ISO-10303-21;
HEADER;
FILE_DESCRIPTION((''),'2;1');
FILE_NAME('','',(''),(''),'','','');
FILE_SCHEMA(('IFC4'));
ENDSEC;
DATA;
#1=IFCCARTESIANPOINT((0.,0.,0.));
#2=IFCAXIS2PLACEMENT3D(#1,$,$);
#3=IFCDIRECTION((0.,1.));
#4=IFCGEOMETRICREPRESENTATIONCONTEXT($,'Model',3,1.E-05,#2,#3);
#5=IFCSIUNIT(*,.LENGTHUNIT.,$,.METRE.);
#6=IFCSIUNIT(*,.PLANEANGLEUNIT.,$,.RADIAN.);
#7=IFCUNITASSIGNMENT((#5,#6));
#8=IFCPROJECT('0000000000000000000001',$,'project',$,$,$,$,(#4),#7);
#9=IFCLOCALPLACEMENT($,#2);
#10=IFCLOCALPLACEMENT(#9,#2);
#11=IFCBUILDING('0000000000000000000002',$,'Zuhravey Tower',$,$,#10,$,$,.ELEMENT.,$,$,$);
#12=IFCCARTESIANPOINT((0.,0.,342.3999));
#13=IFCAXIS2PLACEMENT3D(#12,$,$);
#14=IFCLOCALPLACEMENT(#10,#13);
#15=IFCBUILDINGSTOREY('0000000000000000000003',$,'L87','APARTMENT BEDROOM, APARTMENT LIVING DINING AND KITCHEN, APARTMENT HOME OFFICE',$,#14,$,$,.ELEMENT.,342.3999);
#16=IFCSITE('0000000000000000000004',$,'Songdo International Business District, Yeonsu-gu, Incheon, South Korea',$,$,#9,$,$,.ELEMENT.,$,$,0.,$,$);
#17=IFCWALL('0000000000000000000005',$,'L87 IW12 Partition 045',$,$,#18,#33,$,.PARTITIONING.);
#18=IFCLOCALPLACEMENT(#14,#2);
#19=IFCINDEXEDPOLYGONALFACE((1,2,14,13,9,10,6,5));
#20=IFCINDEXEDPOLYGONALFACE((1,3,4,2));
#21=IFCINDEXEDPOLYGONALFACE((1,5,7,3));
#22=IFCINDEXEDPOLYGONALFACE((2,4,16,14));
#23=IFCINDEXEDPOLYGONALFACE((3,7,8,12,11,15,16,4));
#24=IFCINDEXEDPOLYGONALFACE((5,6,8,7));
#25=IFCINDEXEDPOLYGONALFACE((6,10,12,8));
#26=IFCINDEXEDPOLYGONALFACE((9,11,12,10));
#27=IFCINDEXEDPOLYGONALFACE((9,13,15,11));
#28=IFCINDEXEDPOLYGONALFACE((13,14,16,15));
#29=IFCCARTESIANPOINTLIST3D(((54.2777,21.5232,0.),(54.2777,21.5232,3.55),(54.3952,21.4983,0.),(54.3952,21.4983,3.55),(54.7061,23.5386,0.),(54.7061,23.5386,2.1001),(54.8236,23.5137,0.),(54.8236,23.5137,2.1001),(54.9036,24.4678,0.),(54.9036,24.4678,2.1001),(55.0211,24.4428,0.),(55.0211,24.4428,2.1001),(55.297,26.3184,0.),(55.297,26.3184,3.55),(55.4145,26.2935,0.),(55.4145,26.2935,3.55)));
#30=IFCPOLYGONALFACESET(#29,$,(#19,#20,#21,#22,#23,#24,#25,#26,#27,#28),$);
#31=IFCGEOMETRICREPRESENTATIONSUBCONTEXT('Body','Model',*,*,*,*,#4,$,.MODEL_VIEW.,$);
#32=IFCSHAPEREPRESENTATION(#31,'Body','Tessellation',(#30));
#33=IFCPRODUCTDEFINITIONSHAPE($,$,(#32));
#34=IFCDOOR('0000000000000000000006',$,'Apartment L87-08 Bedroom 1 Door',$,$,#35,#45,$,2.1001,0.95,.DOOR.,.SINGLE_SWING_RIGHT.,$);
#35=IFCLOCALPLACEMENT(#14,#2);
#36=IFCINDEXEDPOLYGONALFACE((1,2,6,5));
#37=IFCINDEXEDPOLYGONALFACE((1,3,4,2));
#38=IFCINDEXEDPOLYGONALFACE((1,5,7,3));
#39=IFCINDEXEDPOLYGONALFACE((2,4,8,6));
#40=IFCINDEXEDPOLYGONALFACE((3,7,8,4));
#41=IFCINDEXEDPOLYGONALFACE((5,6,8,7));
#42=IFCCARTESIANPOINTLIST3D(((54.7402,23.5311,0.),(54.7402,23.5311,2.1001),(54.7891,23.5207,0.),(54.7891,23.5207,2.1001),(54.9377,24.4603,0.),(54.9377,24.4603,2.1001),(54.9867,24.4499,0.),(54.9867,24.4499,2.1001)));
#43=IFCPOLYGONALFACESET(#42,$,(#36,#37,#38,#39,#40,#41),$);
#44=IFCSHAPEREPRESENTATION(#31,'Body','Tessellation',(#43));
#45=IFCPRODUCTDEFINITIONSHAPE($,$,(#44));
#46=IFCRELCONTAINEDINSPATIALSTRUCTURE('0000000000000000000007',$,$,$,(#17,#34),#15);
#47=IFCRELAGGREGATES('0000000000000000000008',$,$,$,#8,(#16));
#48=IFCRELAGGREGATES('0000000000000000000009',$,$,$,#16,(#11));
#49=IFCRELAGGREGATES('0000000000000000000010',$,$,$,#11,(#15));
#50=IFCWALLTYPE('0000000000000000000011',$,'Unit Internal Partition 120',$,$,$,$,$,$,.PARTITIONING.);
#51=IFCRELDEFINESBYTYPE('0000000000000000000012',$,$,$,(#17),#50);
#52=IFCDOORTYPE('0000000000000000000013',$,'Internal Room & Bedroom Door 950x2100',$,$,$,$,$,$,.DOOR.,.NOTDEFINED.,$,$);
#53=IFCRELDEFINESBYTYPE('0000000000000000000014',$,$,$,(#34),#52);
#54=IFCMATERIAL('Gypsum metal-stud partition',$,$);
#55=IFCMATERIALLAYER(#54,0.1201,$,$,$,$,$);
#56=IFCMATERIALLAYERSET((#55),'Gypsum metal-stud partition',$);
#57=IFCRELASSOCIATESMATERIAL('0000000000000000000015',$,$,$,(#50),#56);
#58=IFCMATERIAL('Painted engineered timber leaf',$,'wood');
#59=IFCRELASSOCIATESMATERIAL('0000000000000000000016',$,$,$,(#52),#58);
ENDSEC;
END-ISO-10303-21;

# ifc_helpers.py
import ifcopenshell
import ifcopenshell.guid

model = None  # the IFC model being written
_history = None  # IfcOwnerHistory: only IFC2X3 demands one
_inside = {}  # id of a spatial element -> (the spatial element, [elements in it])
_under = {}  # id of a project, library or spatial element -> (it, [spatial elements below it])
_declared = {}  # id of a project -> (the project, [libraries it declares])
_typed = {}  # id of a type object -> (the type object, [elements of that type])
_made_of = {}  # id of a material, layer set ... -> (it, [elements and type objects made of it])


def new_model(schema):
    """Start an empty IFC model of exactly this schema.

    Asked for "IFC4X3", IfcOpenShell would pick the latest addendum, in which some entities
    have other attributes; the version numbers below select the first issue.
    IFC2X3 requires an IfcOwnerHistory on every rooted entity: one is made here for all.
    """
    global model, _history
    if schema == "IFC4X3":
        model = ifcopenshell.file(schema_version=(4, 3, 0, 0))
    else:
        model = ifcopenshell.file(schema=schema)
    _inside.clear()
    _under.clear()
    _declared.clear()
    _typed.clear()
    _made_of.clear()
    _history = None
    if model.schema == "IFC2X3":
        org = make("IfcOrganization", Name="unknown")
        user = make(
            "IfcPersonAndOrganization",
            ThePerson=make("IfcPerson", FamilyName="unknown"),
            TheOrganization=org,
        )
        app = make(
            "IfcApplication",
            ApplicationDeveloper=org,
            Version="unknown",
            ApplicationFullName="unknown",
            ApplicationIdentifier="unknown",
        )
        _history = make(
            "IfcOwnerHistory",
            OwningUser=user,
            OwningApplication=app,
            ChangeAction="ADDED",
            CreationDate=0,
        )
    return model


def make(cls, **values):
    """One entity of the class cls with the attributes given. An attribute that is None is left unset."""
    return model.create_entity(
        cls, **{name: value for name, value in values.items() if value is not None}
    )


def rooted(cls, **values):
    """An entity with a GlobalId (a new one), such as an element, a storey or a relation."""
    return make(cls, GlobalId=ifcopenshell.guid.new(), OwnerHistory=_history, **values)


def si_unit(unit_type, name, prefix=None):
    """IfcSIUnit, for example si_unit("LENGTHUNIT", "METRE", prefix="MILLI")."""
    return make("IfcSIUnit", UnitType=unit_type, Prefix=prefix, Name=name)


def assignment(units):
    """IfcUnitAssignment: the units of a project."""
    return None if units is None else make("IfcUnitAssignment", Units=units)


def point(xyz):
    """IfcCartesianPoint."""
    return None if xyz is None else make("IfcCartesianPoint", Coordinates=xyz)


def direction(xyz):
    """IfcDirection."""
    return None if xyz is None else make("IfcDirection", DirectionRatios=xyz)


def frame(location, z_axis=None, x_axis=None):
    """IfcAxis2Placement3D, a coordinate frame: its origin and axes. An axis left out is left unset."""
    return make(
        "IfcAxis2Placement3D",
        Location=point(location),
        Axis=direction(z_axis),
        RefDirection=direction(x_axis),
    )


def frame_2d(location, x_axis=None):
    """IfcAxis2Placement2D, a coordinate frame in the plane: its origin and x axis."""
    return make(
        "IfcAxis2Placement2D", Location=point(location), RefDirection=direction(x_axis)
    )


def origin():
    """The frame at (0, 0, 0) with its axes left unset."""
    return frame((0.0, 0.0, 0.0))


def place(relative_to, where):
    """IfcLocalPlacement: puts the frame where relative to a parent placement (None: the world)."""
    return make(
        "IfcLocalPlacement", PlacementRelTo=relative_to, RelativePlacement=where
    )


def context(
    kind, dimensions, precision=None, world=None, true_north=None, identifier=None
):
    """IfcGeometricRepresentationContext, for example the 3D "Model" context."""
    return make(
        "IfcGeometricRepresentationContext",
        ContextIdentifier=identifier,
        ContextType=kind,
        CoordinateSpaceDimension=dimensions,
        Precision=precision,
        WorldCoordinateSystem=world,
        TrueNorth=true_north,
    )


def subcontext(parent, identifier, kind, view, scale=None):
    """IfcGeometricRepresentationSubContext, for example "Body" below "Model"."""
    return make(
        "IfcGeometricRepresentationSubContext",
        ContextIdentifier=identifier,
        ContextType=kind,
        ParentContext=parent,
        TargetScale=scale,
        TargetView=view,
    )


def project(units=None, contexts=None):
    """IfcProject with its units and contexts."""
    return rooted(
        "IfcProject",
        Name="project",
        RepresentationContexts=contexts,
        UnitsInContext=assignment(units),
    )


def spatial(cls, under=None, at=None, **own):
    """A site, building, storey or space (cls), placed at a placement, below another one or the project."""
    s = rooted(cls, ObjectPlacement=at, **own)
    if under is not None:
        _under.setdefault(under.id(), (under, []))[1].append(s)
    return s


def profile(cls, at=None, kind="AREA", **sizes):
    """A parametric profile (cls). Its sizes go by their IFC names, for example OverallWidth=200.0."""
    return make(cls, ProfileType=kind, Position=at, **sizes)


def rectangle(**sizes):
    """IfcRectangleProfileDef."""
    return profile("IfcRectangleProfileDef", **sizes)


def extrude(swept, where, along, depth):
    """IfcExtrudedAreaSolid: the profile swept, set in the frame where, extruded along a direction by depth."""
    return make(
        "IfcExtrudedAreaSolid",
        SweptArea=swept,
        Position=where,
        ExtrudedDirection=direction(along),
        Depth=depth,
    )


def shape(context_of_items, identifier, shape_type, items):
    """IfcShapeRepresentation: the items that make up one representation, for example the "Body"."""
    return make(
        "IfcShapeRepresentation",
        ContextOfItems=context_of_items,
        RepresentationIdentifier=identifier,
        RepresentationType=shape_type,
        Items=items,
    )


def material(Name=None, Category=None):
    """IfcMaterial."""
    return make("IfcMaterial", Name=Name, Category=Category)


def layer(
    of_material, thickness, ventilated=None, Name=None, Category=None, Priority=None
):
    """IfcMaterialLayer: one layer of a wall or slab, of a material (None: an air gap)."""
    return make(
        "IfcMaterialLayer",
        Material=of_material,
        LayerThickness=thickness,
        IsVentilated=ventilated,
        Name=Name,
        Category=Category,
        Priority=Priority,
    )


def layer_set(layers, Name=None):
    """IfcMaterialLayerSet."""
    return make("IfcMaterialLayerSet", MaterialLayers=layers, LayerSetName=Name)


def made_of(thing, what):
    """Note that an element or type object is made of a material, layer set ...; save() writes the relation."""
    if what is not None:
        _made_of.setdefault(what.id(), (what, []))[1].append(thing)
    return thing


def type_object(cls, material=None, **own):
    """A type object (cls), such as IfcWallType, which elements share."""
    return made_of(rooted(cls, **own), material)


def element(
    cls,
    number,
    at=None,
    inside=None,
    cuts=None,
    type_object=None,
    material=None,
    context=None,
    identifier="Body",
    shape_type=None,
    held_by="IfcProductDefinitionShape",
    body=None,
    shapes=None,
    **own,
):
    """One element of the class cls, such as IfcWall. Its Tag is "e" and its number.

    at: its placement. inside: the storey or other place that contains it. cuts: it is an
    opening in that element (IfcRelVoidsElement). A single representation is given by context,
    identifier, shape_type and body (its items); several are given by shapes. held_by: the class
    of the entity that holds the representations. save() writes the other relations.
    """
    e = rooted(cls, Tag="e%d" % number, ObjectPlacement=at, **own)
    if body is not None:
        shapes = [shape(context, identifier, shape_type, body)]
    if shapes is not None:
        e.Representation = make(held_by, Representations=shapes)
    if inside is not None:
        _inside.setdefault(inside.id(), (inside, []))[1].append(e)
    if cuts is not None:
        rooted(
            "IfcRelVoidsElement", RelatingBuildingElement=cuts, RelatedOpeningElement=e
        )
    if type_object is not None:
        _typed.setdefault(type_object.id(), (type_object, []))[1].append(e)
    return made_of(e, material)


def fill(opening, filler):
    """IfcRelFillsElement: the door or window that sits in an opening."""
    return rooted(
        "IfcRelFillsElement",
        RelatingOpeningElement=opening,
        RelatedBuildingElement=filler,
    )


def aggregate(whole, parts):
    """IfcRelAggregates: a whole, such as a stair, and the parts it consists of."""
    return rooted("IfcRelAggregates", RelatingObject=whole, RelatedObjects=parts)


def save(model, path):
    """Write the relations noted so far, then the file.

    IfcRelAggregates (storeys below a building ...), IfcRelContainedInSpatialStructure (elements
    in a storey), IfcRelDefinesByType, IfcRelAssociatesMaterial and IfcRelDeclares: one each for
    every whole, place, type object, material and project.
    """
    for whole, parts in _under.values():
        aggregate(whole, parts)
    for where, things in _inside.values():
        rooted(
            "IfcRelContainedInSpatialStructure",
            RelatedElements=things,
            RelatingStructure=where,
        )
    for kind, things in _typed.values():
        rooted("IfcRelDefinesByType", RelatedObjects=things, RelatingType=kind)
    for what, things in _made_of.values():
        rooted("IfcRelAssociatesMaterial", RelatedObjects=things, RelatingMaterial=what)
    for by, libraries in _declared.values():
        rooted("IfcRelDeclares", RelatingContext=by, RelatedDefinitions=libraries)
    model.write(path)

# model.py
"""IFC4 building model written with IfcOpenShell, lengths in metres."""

from ifc_helpers import new_model, si_unit, direction, frame, frame_2d, origin, place, context, subcontext, project, spatial, rectangle, extrude, material, layer, layer_set, type_object, element, fill, save


model = new_model("IFC4")

# Units and contexts
model_context = context("Model", 3, precision=1e-05, world=origin(), true_north=direction((0.0, 1.0)))
body_context = subcontext(model_context, "Body", "Model", "MODEL_VIEW")
ifc_project = project(units=[si_unit("LENGTHUNIT", "METRE"), si_unit("PLANEANGLEUNIT", "RADIAN")], contexts=[model_context])

# Site, building, storey
site_placement = place(None, origin())
site = spatial("IfcSite", under=ifc_project, at=site_placement, Name="Songdo International Business District, Yeonsu-gu, Incheon, South Korea", CompositionType="ELEMENT", RefElevation=0.0)
building_placement = place(site_placement, origin())
building = spatial("IfcBuilding", under=site, at=building_placement, Name="Zuhravey Tower", CompositionType="ELEMENT")
storey_placement = place(building_placement, frame((0.0, 0.0, 342.3999)))
storey = spatial("IfcBuildingStorey", under=building, at=storey_placement, Name="L87", Description="APARTMENT BEDROOM, APARTMENT LIVING DINING AND KITCHEN, APARTMENT HOME OFFICE", CompositionType="ELEMENT", Elevation=342.3999)

# Wall, opening, door
ifc_material_1 = material(Name="Gypsum metal-stud partition")
ifc_layer_1 = layer(ifc_material_1, 0.1201)
ifc_layer_set_1 = layer_set([ifc_layer_1], Name="Gypsum metal-stud partition")
wall_type_1 = type_object("IfcWallType", Name="Unit Internal Partition 120", PredefinedType="PARTITIONING", material=ifc_layer_set_1)
wall_1_placement = place(storey_placement, frame((54.3364, 21.5107, 0.0), z_axis=(0.0, 0.0, 1.0), x_axis=(0.20792, 0.978146, 0.0)))
wall_1 = element("IfcWall", 1, at=wall_1_placement, inside=storey, type_object=wall_type_1, Name="L87 IW12 Partition 045", PredefinedType="PARTITIONING", context=body_context, shape_type="SweptSolid", body=[
    extrude(rectangle(XDim=4.9023, YDim=0.1201, at=frame_2d((2.4512, 0.0))), origin(), (0.0, 0.0, 1.0), 3.55),
])
opening_placement = place(wall_1_placement, frame((2.0603, 0.0, 0.0)))
opening = element("IfcOpeningElement", 2, at=opening_placement, cuts=wall_1, PredefinedType="OPENING", context=body_context, shape_type="SweptSolid", body=[
    extrude(rectangle(XDim=0.95, YDim=2.1001, at=frame_2d((0.4751, 1.05))), frame((0.0, 0.072, 0.0), z_axis=(0.0, -1.0, 0.0), x_axis=(1.0, 0.0, 0.0)), (0.0, 0.0, 1.0), 0.144),
])
ifc_material_2 = material(Name="Painted engineered timber leaf", Category="wood")
door_type = type_object("IfcDoorType", Name="Internal Room & Bedroom Door 950x2100", OperationType="NOTDEFINED", PredefinedType="DOOR", material=ifc_material_2)
door_placement = place(opening_placement, frame((0.95, 0.0, 0.0), z_axis=(0.0, 0.0, 1.0), x_axis=(-1.0, 0.0, 0.0)))
door = element("IfcDoor", 3, at=door_placement, inside=storey, type_object=door_type, Name="Apartment L87-08 Bedroom 1 Door", OperationType="SINGLE_SWING_RIGHT", OverallHeight=2.1001, OverallWidth=0.95, PredefinedType="DOOR", context=body_context, shape_type="SweptSolid", body=[
    extrude(rectangle(XDim=0.95, YDim=2.1001, at=frame_2d((0.4751, 1.05))), frame((0.0, 0.0249, 0.0), z_axis=(0.0, -1.0, 0.0), x_axis=(1.0, 0.0, 0.0)), (0.0, 0.0, 1.0), 0.05),
])
fill(opening, door)

save(model, "model.ifc")
